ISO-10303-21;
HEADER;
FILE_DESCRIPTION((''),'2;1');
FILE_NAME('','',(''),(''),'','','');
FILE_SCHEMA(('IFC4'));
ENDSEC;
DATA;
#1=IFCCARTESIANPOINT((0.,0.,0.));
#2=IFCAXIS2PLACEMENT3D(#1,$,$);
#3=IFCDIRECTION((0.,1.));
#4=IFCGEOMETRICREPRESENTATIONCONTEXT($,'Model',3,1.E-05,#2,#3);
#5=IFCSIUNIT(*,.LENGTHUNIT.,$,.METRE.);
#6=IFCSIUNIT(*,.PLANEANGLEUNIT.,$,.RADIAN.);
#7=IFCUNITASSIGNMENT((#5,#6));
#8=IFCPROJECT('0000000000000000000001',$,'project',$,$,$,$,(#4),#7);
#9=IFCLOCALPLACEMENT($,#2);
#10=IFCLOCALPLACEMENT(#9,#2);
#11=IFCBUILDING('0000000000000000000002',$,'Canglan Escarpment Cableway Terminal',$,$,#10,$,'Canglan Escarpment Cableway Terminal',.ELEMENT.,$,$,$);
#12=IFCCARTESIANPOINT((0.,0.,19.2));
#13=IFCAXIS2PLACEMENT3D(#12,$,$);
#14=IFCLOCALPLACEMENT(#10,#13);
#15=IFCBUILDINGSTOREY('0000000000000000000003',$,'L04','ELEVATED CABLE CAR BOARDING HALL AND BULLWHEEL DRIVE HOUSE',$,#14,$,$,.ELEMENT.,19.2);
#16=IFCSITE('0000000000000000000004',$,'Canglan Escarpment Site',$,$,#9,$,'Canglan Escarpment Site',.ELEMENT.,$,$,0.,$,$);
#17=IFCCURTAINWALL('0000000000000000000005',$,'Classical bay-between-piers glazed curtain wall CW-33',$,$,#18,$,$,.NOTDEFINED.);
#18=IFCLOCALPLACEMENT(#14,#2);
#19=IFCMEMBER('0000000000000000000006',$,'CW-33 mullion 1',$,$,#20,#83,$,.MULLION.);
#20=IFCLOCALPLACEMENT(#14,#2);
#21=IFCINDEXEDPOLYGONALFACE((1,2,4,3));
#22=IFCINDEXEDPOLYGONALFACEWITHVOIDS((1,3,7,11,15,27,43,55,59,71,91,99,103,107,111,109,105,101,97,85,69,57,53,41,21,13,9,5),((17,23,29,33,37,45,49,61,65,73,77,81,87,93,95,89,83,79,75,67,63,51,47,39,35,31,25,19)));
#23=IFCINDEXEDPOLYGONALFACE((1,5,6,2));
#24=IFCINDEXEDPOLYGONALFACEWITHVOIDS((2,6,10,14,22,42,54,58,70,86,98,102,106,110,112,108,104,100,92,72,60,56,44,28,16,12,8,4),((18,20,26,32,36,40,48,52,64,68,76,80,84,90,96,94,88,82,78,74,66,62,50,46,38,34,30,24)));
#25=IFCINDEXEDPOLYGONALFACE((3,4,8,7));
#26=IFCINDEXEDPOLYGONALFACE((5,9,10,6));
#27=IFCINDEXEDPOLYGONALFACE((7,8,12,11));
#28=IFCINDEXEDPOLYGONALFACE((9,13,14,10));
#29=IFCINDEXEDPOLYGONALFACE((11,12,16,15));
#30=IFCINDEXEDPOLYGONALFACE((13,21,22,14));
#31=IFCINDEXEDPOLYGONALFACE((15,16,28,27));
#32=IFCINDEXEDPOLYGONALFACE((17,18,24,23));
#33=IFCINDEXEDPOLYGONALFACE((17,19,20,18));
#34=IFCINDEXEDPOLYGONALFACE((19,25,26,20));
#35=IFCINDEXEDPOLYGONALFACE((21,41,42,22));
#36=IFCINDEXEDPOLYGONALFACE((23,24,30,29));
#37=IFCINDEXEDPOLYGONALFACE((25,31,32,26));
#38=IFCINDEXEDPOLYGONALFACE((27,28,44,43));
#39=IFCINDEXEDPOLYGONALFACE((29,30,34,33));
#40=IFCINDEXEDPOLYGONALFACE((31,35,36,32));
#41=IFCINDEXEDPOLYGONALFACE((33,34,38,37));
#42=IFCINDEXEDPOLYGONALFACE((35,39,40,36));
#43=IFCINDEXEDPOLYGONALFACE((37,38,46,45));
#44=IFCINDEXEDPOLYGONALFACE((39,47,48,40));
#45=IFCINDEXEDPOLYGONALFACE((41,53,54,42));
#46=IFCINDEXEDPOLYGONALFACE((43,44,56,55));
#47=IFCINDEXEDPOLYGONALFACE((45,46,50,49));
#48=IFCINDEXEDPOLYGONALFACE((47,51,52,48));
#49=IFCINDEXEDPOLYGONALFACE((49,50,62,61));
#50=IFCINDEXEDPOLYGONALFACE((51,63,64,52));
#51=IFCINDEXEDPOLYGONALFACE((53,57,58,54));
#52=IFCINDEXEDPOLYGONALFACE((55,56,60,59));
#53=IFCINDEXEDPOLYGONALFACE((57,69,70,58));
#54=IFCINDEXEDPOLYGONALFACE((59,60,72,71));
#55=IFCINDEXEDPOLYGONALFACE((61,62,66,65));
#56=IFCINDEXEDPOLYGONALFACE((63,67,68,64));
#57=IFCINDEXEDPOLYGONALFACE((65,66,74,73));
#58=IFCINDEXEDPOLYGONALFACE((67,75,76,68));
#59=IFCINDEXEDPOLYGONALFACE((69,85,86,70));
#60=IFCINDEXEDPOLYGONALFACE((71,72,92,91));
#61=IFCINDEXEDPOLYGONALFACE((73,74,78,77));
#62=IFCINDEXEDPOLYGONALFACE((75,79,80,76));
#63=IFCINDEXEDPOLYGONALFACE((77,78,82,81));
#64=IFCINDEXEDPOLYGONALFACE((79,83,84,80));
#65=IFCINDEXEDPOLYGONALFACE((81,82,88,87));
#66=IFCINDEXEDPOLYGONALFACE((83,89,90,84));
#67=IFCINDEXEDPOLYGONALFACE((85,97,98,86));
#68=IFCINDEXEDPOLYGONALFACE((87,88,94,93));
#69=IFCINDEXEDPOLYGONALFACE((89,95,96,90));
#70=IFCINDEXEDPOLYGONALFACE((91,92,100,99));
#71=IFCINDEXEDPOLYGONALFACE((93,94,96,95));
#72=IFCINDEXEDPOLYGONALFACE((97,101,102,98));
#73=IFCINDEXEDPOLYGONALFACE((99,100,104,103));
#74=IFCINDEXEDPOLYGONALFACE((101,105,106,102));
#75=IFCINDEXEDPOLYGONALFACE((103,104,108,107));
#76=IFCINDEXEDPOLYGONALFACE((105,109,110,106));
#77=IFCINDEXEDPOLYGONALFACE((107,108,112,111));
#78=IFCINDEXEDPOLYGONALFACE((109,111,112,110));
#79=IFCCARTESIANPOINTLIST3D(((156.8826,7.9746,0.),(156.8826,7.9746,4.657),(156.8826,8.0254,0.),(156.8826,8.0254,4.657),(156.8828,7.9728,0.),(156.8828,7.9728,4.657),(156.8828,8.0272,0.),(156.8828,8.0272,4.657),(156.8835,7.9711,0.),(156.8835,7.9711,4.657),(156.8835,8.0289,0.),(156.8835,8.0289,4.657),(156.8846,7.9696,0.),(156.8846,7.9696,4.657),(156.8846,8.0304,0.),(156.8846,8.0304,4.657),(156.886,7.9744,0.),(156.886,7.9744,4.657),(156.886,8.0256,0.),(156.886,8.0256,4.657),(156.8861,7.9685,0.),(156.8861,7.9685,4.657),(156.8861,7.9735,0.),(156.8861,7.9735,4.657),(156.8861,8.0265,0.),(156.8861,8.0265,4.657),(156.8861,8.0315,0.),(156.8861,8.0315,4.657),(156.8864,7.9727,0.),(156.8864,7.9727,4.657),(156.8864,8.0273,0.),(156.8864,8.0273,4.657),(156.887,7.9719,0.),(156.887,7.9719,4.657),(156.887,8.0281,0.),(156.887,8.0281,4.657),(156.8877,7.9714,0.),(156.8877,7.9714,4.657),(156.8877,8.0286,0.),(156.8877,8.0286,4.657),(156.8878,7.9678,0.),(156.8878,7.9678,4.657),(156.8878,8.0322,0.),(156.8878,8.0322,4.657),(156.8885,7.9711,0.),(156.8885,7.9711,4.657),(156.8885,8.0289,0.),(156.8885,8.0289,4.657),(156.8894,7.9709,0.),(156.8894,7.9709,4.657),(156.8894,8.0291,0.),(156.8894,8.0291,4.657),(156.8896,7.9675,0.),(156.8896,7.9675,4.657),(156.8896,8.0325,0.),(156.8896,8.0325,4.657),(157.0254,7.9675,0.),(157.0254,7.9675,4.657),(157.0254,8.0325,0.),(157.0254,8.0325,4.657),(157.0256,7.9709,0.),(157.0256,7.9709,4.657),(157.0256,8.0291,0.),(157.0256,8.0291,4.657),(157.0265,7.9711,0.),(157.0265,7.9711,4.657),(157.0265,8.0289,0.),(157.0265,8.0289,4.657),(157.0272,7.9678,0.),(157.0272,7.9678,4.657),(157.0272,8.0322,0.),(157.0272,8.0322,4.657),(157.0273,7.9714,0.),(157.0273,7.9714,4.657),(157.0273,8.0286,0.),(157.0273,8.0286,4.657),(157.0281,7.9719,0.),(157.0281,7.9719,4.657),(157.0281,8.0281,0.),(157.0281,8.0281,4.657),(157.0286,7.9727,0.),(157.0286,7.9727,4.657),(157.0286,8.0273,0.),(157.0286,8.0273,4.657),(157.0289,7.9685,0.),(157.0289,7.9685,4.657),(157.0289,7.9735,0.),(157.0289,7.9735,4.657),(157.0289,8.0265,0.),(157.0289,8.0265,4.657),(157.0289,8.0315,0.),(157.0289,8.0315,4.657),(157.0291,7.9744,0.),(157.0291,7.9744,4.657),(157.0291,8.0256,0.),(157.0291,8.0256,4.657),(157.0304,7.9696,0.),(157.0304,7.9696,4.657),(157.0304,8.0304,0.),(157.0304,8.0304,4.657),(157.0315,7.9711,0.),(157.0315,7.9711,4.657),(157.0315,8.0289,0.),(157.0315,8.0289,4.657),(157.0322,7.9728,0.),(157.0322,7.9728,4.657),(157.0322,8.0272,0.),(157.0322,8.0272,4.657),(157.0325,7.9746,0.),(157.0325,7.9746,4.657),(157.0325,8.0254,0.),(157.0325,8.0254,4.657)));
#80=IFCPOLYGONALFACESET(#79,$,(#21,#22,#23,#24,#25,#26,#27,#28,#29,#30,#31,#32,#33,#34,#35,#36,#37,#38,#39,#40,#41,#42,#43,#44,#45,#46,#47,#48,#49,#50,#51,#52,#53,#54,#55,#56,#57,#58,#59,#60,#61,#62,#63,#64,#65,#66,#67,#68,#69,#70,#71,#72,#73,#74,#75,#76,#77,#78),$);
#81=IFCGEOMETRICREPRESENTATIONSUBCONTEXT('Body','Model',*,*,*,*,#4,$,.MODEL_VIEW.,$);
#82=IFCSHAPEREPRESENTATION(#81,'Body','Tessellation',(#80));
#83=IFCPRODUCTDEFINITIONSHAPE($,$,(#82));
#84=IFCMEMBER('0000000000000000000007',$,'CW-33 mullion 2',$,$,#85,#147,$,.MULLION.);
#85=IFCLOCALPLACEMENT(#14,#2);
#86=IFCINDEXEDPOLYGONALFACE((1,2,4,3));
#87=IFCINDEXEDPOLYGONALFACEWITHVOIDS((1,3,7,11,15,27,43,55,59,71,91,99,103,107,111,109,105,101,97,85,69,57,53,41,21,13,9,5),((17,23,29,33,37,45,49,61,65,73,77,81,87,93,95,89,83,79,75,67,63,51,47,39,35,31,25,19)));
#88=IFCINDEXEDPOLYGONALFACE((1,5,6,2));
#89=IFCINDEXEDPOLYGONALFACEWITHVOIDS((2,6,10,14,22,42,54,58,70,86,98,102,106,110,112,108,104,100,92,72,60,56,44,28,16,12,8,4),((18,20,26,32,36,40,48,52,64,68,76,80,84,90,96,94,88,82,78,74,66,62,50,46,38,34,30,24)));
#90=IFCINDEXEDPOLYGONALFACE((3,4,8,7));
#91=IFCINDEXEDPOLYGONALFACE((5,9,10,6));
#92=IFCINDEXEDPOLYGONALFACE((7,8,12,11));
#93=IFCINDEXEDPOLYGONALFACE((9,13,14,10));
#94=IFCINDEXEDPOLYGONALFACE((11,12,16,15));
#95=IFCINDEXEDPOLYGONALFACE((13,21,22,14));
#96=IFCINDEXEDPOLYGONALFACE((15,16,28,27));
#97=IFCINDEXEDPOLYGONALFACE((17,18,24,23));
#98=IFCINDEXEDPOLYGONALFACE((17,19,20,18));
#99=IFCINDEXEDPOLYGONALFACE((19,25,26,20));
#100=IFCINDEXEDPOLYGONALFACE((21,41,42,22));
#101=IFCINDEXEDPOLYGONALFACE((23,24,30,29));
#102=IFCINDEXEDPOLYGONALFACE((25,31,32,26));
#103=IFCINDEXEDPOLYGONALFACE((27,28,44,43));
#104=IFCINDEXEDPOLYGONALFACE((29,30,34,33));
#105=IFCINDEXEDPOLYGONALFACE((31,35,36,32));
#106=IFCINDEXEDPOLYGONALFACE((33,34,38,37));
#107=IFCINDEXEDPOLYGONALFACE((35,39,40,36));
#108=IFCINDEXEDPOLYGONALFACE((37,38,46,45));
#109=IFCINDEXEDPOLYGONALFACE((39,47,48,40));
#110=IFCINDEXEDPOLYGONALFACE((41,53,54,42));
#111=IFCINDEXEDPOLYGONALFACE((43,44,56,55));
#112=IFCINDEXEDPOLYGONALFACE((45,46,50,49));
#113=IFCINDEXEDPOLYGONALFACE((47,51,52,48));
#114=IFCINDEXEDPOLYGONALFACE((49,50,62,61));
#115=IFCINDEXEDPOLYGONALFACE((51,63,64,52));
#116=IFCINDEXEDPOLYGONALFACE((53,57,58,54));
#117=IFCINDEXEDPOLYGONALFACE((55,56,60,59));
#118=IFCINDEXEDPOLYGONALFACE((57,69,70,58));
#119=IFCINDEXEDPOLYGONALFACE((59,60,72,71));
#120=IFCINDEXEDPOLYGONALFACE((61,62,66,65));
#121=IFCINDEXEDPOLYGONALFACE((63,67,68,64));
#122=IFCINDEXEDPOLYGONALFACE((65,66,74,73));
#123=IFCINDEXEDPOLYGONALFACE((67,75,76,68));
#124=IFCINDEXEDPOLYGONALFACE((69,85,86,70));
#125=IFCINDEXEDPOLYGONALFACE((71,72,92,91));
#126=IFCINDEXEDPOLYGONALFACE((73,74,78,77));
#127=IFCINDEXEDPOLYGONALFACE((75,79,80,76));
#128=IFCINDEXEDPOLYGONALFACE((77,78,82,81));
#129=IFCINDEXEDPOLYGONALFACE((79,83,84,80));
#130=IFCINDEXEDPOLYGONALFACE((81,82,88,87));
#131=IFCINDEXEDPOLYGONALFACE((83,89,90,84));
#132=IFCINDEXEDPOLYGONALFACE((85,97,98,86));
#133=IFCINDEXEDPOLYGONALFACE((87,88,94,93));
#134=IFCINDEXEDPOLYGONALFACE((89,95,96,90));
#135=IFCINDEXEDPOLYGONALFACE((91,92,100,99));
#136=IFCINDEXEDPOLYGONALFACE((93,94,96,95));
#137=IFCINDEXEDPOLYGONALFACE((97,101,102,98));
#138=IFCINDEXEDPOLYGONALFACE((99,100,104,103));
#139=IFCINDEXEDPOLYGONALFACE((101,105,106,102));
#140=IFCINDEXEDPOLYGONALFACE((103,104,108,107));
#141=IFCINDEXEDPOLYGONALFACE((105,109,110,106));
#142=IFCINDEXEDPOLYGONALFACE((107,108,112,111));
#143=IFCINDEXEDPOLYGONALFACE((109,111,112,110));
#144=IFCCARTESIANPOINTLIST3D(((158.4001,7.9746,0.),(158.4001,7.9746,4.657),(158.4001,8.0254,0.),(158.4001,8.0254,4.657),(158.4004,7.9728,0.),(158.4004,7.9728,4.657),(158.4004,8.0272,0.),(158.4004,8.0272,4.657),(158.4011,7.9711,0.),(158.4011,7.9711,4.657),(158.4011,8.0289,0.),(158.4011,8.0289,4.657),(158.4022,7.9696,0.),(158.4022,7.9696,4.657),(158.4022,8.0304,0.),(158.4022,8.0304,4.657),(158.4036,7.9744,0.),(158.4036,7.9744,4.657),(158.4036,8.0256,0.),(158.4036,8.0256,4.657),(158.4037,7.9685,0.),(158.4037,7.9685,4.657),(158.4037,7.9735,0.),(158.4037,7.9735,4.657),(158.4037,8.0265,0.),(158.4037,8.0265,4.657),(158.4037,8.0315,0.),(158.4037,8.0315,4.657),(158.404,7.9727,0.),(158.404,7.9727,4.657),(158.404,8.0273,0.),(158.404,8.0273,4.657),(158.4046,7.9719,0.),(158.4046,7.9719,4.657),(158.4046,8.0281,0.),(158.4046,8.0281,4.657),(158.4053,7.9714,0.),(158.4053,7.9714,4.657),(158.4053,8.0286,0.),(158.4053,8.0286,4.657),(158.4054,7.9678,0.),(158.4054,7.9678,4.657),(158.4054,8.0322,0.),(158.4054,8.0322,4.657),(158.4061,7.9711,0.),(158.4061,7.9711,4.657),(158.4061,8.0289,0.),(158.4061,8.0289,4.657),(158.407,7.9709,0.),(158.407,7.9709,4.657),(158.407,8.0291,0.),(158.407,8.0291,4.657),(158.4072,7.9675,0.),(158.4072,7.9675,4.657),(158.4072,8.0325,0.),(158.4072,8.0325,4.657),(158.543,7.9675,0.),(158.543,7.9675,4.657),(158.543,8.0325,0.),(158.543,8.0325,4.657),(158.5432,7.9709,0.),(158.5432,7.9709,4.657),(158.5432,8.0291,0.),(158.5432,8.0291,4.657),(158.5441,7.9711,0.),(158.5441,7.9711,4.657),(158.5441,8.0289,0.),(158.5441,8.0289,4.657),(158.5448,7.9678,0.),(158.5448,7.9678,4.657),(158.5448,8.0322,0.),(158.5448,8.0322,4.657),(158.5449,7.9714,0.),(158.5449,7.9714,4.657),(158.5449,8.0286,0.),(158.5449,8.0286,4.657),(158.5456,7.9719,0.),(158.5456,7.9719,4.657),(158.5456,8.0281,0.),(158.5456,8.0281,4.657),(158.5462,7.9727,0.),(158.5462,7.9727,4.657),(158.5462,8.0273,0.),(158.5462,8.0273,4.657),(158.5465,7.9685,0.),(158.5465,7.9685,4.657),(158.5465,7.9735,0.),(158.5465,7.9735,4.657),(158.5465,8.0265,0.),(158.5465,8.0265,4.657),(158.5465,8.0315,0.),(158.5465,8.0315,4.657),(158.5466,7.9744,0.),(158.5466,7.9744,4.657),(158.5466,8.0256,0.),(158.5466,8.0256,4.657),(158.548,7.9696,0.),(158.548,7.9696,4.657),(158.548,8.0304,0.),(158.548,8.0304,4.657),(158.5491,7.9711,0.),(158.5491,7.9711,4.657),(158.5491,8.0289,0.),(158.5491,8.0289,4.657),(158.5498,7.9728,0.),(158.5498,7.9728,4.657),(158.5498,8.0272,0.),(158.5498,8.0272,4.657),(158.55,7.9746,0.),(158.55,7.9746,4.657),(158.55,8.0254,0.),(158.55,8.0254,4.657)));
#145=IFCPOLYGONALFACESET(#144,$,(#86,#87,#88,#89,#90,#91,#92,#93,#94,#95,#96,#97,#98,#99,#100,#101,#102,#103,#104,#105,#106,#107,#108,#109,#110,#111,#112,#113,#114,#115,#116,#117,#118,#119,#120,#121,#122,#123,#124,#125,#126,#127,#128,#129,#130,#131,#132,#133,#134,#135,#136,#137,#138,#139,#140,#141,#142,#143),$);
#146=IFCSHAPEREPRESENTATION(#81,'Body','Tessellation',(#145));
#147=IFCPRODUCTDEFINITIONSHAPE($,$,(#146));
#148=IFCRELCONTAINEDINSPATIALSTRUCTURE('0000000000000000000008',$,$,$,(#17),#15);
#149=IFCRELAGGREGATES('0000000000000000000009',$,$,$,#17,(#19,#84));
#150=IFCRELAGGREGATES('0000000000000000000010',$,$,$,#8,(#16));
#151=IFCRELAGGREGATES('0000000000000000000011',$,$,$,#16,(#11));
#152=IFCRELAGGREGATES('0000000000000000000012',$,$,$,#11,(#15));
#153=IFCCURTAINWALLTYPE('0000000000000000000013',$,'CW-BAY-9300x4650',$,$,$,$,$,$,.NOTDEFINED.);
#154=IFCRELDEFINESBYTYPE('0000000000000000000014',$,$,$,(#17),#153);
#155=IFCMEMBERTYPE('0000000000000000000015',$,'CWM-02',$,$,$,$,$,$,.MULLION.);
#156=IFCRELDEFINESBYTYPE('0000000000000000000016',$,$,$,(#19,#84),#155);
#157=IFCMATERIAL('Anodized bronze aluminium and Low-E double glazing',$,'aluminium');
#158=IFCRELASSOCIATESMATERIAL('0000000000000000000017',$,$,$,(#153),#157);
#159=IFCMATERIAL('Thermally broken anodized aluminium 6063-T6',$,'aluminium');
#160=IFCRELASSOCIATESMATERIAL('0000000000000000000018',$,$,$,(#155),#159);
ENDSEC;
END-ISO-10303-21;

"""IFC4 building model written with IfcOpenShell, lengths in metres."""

from ifc_helpers import new_model, si_unit, direction, frame, origin, origin_2d, place, context, subcontext, project, spatial, hollow_rectangle, extrude, material, material_profile, profile_set, type_object, element, aggregate, save


model = new_model("IFC4")

# Units and contexts
model_context = context("Model", 3, precision=1e-05, world=origin(), true_north=direction((0.0, 1.0)))
body_context = subcontext(model_context, "Body", "Model", "MODEL_VIEW")
ifc_project = project(units=[si_unit("LENGTHUNIT", "METRE"), si_unit("PLANEANGLEUNIT", "RADIAN")], contexts=[model_context])

# Site, building, storey
site_placement = place(None, origin())
site = spatial("IfcSite", under=ifc_project, at=site_placement, Name="Canglan Escarpment Site", LongName="Canglan Escarpment Site", CompositionType="ELEMENT", RefElevation=0.0)
building_placement = place(site_placement, origin())
building = spatial("IfcBuilding", under=site, at=building_placement, Name="Canglan Escarpment Cableway Terminal", LongName="Canglan Escarpment Cableway Terminal", CompositionType="ELEMENT")
storey_placement = place(building_placement, frame((0.0, 0.0, 19.2)))
storey = spatial("IfcBuildingStorey", under=building, at=storey_placement, Name="L04", Description="ELEVATED CABLE CAR BOARDING HALL AND BULLWHEEL DRIVE HOUSE", CompositionType="ELEMENT", Elevation=19.2)

# Curtain wall, members
ifc_material_1 = material(Name="Anodized bronze aluminium and Low-E double glazing", Category="aluminium")
curtain_wall_type = type_object("IfcCurtainWallType", Name="CW-BAY-9300x4650", PredefinedType="NOTDEFINED", material=ifc_material_1)
ifc_material_2 = material(Name="Thermally broken anodized aluminium 6063-T6", Category="aluminium")
curtain_wall_1_placement = place(storey_placement, origin())
curtain_wall_1 = element("IfcCurtainWall", 1, at=curtain_wall_1_placement, inside=storey, type_object=curtain_wall_type, Name="Classical bay-between-piers glazed curtain wall CW-33", PredefinedType="NOTDEFINED")
ifc_material_profile_1 = material_profile(ifc_material_2, hollow_rectangle(XDim=0.0649, YDim=0.1499, WallThickness=0.0034, InnerFilletRadius=0.0034, OuterFilletRadius=0.0071, at=origin_2d()), Name="ALU-MULL 65x150x3.5")
ifc_profile_set_1 = profile_set([ifc_material_profile_1], Name="Thermally broken anodized aluminium 6063-T6")
member_type_1 = type_object("IfcMemberType", Name="CWM-02", PredefinedType="MULLION", material=ifc_profile_set_1)
member_1_placement = place(storey_placement, frame((156.9575, 8.0, 0.0), z_axis=(0.0, 0.0, 1.0), x_axis=(0.0, 1.0, 0.0)))
member_1 = element("IfcMember", 2, at=member_1_placement, type_object=member_type_1, Name="CW-33 mullion 1", PredefinedType="MULLION", context=body_context, shape_type="SweptSolid", body=[
    extrude(hollow_rectangle(XDim=0.0649, YDim=0.1499, WallThickness=0.0034, InnerFilletRadius=0.0034, OuterFilletRadius=0.0071, at=origin_2d()), origin(), (0.0, 0.0, 1.0), 4.657),
])
member_2_placement = place(storey_placement, frame((158.4751, 8.0, 0.0), z_axis=(0.0, 0.0, 1.0), x_axis=(0.0, 1.0, 0.0)))
member_2 = element("IfcMember", 3, at=member_2_placement, type_object=member_type_1, Name="CW-33 mullion 2", PredefinedType="MULLION", context=body_context, shape_type="SweptSolid", body=[
    extrude(hollow_rectangle(XDim=0.0649, YDim=0.1499, WallThickness=0.0034, InnerFilletRadius=0.0034, OuterFilletRadius=0.0071, at=origin_2d()), origin(), (0.0, 0.0, 1.0), 4.657),
])

aggregate(curtain_wall_1, [member_1, member_2])

save(model, "model.ifc")
